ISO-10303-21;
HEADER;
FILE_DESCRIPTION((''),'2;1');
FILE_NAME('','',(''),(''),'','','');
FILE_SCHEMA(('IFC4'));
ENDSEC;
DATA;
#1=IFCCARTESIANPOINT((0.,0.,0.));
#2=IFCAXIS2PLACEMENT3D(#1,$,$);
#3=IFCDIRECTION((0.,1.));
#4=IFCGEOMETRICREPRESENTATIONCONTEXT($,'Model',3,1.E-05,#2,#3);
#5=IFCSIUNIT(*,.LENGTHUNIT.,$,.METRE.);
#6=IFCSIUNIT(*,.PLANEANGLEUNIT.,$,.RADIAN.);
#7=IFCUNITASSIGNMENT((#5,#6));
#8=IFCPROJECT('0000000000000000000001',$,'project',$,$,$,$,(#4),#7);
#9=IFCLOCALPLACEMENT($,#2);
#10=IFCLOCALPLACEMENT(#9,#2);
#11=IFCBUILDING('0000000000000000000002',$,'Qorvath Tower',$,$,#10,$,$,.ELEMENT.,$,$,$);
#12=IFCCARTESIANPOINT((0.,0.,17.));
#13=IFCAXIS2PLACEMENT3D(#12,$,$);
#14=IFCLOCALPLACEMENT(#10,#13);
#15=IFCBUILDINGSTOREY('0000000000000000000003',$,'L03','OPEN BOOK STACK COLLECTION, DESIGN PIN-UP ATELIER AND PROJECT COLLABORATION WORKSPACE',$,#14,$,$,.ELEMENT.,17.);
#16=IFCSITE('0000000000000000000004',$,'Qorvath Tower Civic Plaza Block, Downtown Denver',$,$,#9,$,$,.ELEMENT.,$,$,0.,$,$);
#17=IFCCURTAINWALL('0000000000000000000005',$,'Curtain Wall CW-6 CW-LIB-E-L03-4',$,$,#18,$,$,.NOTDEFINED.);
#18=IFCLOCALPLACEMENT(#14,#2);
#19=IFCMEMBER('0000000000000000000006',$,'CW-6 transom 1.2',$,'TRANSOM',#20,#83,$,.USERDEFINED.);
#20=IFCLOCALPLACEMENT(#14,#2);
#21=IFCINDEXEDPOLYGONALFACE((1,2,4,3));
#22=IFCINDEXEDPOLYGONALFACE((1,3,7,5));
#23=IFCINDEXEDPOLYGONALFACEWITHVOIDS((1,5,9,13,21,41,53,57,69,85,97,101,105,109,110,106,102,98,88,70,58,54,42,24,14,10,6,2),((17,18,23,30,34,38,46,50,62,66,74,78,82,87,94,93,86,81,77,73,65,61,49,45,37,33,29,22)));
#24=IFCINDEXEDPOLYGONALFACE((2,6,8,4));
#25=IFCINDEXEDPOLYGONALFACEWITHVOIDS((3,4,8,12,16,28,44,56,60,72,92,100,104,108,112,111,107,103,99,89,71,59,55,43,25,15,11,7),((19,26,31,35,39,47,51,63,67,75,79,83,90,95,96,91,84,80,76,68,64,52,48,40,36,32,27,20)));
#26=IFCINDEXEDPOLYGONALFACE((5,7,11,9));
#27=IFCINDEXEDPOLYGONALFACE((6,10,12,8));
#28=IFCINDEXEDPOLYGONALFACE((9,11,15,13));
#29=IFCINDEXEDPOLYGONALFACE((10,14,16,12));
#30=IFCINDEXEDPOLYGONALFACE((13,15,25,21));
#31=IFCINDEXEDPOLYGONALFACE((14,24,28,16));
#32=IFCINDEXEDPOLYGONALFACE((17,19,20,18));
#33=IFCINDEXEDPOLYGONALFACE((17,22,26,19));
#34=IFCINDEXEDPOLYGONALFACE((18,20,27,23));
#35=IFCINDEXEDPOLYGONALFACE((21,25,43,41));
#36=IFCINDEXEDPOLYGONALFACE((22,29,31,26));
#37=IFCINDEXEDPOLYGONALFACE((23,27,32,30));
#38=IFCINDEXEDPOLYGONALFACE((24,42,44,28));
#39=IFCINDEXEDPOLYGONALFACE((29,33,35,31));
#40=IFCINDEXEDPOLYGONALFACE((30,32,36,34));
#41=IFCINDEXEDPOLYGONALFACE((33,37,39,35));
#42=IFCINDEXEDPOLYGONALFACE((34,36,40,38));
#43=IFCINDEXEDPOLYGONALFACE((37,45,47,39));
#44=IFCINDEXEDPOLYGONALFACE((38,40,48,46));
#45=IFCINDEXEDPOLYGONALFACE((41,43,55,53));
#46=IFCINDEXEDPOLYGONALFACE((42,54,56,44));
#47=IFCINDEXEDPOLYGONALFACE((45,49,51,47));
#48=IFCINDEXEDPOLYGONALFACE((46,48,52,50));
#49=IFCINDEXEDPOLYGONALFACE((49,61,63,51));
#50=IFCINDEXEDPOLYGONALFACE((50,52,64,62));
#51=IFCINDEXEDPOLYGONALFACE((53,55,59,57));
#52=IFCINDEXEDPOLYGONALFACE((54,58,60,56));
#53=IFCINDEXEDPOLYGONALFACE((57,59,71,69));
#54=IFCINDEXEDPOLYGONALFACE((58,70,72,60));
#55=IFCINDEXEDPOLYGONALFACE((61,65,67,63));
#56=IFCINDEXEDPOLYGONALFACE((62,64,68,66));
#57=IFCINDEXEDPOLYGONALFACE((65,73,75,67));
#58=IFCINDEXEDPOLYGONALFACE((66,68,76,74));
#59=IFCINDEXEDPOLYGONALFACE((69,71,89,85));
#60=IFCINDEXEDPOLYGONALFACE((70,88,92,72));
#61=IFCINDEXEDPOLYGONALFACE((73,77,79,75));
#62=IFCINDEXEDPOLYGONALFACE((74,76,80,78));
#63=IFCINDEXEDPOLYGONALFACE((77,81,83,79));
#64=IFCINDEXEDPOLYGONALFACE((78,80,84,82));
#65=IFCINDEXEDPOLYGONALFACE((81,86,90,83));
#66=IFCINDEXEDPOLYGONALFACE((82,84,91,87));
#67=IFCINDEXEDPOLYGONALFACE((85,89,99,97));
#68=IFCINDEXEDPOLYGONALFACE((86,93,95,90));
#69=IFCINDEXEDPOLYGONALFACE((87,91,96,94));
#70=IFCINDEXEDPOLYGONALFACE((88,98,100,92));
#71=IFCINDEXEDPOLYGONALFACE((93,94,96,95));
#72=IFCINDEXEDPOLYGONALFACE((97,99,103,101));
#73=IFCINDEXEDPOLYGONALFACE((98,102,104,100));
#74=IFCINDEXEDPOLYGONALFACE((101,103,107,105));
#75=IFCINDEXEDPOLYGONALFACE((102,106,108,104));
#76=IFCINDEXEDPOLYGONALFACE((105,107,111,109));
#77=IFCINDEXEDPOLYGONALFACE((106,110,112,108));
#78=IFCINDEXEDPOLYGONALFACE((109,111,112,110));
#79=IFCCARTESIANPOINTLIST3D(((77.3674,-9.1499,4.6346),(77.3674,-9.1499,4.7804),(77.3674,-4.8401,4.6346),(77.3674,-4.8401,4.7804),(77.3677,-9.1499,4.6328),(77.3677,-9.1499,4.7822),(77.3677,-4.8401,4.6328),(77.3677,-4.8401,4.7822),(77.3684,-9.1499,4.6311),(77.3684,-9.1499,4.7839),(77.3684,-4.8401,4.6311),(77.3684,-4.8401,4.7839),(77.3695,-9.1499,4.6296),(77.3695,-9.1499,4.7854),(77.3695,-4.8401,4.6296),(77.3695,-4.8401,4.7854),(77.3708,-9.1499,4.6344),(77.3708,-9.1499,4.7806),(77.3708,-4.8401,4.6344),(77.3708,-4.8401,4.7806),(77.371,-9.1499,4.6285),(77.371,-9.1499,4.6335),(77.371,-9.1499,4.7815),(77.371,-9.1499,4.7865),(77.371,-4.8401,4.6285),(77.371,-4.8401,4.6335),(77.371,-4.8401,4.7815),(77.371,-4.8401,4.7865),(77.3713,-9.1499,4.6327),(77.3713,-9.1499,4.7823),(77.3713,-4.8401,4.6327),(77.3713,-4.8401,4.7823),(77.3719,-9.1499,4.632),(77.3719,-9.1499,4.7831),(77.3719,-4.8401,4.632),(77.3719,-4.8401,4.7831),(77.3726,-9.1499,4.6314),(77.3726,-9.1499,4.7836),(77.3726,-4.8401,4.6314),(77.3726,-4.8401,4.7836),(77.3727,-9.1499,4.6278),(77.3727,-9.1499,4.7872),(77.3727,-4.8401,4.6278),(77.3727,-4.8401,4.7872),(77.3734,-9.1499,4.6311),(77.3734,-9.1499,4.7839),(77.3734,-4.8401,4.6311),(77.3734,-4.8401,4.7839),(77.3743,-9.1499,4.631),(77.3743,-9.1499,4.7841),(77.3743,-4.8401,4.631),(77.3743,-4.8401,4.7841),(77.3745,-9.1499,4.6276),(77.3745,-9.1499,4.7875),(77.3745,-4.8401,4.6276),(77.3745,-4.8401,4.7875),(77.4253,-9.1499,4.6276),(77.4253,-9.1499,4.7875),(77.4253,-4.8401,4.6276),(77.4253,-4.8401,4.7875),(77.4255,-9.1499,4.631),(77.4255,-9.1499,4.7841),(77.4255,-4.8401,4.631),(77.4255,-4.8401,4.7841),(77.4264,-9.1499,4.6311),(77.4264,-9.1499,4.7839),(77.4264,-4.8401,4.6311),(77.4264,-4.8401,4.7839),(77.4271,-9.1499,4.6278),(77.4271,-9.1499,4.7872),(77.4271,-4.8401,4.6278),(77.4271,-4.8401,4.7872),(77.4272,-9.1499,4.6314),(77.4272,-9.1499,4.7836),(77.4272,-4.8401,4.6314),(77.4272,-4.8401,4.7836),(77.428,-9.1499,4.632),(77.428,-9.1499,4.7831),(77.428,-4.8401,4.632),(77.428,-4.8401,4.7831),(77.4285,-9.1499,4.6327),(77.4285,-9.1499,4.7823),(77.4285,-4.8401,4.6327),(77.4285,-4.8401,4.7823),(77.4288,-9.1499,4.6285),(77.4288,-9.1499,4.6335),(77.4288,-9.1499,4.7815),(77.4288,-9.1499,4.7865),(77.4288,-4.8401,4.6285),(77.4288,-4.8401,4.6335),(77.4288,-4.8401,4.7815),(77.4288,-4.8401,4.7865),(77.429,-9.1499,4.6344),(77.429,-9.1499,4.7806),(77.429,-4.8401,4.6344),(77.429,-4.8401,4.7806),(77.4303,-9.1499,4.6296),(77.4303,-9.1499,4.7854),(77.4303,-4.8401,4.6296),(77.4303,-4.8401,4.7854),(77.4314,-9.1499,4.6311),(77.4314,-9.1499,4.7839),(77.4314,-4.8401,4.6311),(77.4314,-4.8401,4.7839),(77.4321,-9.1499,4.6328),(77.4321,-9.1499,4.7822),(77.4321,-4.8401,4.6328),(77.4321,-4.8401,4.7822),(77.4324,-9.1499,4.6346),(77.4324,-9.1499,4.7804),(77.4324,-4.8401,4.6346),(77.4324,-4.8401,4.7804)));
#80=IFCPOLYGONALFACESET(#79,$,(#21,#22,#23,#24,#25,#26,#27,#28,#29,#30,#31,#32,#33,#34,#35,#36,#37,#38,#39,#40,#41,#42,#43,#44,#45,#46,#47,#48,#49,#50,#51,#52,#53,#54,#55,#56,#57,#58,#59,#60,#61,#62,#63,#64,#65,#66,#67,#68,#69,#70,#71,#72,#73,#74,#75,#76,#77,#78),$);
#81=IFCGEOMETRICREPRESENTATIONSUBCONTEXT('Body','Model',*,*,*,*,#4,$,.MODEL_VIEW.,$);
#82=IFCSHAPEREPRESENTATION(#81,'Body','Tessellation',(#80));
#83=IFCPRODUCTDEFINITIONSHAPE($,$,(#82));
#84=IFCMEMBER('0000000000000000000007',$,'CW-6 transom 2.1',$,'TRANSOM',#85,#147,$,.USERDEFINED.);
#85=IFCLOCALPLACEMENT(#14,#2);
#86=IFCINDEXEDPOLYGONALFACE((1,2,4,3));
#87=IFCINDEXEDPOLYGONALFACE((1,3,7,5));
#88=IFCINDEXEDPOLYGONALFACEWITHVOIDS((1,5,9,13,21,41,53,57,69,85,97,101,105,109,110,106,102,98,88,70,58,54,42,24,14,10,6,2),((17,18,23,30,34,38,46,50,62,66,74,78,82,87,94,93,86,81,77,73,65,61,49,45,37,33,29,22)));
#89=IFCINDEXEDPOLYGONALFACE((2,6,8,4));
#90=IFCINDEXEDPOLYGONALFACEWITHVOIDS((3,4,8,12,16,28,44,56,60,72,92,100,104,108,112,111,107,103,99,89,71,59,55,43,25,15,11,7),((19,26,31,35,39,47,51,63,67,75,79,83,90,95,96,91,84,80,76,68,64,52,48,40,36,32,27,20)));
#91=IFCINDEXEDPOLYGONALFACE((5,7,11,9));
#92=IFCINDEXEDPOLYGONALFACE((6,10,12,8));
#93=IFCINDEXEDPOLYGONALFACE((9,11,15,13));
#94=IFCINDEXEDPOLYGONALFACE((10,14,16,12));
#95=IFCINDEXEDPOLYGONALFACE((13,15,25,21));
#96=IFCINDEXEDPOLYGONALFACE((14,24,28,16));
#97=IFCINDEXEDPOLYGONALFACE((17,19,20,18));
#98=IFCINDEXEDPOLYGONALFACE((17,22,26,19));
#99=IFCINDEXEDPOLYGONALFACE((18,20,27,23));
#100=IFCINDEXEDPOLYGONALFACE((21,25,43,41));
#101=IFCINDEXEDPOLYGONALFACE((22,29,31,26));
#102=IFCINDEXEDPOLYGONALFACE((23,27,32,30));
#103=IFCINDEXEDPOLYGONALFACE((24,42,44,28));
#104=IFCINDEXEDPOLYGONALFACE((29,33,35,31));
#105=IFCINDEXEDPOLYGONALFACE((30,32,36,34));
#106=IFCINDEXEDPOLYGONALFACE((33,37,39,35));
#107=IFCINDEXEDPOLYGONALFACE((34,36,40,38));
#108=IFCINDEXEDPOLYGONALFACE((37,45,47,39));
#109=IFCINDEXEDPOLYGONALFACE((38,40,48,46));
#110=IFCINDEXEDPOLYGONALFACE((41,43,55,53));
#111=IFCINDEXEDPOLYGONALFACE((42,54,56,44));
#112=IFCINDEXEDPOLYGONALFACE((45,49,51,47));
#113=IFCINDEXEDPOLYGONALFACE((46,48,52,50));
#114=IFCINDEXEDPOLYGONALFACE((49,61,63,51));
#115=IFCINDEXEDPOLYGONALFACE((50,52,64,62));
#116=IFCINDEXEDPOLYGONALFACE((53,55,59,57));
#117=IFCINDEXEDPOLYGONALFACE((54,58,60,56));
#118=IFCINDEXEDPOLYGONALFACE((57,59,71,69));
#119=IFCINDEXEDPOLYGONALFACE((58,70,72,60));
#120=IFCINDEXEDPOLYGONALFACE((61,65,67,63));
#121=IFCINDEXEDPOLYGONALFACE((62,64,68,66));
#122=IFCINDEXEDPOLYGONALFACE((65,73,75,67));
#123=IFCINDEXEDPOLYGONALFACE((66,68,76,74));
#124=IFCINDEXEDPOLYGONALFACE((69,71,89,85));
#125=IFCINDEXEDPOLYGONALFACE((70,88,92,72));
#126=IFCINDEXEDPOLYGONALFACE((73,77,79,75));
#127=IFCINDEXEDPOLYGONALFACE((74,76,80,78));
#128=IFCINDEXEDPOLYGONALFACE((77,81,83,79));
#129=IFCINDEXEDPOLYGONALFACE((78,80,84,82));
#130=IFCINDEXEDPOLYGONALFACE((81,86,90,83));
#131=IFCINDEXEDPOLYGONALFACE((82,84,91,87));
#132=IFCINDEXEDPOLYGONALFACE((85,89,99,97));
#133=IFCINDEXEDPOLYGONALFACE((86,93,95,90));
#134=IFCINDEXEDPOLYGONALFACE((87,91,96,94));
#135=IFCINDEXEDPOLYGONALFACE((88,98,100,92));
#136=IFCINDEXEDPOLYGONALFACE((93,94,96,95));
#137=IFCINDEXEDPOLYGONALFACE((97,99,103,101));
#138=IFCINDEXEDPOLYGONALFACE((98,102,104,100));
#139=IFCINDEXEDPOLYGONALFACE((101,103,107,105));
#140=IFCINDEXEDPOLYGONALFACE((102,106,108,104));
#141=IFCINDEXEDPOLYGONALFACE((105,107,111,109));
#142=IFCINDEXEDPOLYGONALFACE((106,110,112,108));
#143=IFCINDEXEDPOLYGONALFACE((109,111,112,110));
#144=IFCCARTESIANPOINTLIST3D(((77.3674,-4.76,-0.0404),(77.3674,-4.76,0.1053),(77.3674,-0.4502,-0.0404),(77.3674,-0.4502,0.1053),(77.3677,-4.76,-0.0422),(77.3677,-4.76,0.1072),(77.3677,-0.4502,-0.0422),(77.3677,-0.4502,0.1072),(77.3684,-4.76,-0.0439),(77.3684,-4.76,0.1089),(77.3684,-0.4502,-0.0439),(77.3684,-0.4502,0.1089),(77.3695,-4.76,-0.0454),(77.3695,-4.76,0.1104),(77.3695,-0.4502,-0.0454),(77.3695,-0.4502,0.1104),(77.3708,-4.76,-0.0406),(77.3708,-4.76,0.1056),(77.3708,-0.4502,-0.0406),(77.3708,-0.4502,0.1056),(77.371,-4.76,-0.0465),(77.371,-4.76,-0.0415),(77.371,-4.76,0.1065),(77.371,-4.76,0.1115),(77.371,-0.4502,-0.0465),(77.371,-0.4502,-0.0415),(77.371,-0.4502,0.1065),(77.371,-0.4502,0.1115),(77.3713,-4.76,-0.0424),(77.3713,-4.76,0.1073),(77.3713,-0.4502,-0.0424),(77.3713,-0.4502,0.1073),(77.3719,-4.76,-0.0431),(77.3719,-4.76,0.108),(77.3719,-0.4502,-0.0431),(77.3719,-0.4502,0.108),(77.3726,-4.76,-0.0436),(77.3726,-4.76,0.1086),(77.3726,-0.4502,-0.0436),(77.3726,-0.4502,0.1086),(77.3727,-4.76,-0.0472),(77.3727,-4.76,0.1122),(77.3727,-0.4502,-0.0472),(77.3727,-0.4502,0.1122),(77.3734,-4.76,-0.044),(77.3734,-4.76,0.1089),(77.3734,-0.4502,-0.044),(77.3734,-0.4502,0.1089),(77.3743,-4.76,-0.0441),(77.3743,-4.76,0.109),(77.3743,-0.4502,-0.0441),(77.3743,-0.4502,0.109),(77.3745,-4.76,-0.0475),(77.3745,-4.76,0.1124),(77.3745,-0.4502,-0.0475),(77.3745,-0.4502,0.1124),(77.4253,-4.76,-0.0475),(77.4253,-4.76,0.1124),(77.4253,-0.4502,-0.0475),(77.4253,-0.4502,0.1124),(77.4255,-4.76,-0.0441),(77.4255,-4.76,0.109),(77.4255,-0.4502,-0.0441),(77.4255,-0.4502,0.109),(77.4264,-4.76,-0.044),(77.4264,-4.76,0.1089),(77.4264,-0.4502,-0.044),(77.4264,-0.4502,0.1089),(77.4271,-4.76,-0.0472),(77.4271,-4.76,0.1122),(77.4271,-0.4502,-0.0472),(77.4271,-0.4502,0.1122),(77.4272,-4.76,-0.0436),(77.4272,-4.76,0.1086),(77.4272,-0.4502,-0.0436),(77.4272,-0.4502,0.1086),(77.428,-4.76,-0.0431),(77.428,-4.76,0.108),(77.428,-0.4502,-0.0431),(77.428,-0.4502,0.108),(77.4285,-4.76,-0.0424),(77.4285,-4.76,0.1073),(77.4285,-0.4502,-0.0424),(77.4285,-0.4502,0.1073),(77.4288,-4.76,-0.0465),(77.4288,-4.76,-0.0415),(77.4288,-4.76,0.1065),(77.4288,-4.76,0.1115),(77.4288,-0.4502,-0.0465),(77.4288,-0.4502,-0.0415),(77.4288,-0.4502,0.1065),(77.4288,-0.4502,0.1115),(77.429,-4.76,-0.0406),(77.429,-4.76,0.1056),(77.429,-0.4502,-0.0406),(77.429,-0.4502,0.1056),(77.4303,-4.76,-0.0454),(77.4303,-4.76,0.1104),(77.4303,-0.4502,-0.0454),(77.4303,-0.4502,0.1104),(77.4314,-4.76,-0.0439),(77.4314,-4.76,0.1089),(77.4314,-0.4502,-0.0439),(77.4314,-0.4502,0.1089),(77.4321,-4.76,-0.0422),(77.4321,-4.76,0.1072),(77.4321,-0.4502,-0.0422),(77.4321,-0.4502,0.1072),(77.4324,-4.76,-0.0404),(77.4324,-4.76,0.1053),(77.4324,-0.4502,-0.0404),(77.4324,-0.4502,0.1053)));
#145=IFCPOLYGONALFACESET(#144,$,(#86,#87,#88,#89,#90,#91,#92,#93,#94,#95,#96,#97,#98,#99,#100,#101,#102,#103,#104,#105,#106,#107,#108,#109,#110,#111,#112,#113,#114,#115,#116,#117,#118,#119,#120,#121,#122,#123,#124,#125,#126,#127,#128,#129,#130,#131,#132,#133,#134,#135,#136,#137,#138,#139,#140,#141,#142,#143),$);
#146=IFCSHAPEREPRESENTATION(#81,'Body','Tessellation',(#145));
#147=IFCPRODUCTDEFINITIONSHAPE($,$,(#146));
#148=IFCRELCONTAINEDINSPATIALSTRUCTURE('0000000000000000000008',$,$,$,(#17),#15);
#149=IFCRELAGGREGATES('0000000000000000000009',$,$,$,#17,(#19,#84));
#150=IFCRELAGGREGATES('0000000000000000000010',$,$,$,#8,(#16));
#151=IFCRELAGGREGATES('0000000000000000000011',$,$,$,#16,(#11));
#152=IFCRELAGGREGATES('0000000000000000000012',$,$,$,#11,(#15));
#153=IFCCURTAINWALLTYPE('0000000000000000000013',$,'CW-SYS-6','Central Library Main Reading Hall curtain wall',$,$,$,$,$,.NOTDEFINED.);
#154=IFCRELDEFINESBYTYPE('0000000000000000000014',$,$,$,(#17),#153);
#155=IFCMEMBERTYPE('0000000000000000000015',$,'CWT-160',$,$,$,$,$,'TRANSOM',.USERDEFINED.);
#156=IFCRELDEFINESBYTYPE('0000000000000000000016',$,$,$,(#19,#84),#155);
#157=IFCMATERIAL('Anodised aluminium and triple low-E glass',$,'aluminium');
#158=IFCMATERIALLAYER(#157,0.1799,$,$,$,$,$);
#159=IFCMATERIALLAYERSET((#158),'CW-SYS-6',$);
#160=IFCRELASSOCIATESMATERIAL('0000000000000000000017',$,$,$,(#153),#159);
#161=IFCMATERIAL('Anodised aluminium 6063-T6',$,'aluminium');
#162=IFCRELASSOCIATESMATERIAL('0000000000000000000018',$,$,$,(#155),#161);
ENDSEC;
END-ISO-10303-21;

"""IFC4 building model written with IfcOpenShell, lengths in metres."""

from ifc_helpers import new_model, si_unit, direction, frame, origin, origin_2d, place, context, subcontext, project, spatial, hollow_rectangle, extrude, material, layer, layer_set, material_profile, profile_set, type_object, element, aggregate, save


model = new_model("IFC4")

# Units and contexts
model_context = context("Model", 3, precision=1e-05, world=origin(), true_north=direction((0.0, 1.0)))
body_context = subcontext(model_context, "Body", "Model", "MODEL_VIEW")
ifc_project = project(units=[si_unit("LENGTHUNIT", "METRE"), si_unit("PLANEANGLEUNIT", "RADIAN")], contexts=[model_context])

# Site, building, storey
site_placement = place(None, origin())
site = spatial("IfcSite", under=ifc_project, at=site_placement, Name="Qorvath Tower Civic Plaza Block, Downtown Denver", CompositionType="ELEMENT", RefElevation=0.0)
building_placement = place(site_placement, origin())
building = spatial("IfcBuilding", under=site, at=building_placement, Name="Qorvath Tower", CompositionType="ELEMENT")
storey_placement = place(building_placement, frame((0.0, 0.0, 17.0)))
storey = spatial("IfcBuildingStorey", under=building, at=storey_placement, Name="L03", Description="OPEN BOOK STACK COLLECTION, DESIGN PIN-UP ATELIER AND PROJECT COLLABORATION WORKSPACE", CompositionType="ELEMENT", Elevation=17.0)

# Curtain wall, members
ifc_material_1 = material(Name="Anodised aluminium and triple low-E glass", Category="aluminium")
ifc_layer_1 = layer(ifc_material_1, 0.1799)
ifc_layer_set_1 = layer_set([ifc_layer_1], Name="CW-SYS-6")
curtain_wall_type = type_object("IfcCurtainWallType", Name="CW-SYS-6", Description="Central Library Main Reading Hall curtain wall", PredefinedType="NOTDEFINED", material=ifc_layer_set_1)
curtain_wall_placement = place(storey_placement, origin())
curtain_wall = element("IfcCurtainWall", 1, at=curtain_wall_placement, inside=storey, type_object=curtain_wall_type, Name="Curtain Wall CW-6 CW-LIB-E-L03-4", PredefinedType="NOTDEFINED")
ifc_material_2 = material(Name="Anodised aluminium 6063-T6", Category="aluminium")
ifc_material_profile_1 = material_profile(ifc_material_2, hollow_rectangle(XDim=0.0649, YDim=0.1599, WallThickness=0.0034, InnerFilletRadius=0.0034, OuterFilletRadius=0.0071, at=origin_2d()), Name="CWT 160x65")
ifc_profile_set_1 = profile_set([ifc_material_profile_1], Name="Anodised aluminium 6063-T6")
member_type_1 = type_object("IfcMemberType", Name="CWT-160", ElementType="TRANSOM", PredefinedType="USERDEFINED", material=ifc_profile_set_1)
member_1_placement = place(storey_placement, frame((77.3999, -9.1499, 4.7075), z_axis=(0.0, 1.0, 0.0), x_axis=(-1.0, 0.0, 0.0)))
member_1 = element("IfcMember", 2, at=member_1_placement, type_object=member_type_1, Name="CW-6 transom 1.2", ObjectType="TRANSOM", PredefinedType="USERDEFINED", context=body_context, shape_type="SweptSolid", body=[
    extrude(hollow_rectangle(XDim=0.0649, YDim=0.1599, WallThickness=0.0034, InnerFilletRadius=0.0034, OuterFilletRadius=0.0071, at=origin_2d()), origin(), (0.0, 0.0, 1.0), 4.3098),
])
member_2_placement = place(storey_placement, frame((77.3999, -4.76, 0.0325), z_axis=(0.0, 1.0, 0.0), x_axis=(-1.0, 0.0, 0.0)))
member_2 = element("IfcMember", 3, at=member_2_placement, type_object=member_type_1, Name="CW-6 transom 2.1", ObjectType="TRANSOM", PredefinedType="USERDEFINED", context=body_context, shape_type="SweptSolid", body=[
    extrude(hollow_rectangle(XDim=0.0649, YDim=0.1599, WallThickness=0.0034, InnerFilletRadius=0.0034, OuterFilletRadius=0.0071, at=origin_2d()), origin(), (0.0, 0.0, 1.0), 4.3098),
])
aggregate(curtain_wall, [member_1, member_2])

save(model, "model.ifc")
